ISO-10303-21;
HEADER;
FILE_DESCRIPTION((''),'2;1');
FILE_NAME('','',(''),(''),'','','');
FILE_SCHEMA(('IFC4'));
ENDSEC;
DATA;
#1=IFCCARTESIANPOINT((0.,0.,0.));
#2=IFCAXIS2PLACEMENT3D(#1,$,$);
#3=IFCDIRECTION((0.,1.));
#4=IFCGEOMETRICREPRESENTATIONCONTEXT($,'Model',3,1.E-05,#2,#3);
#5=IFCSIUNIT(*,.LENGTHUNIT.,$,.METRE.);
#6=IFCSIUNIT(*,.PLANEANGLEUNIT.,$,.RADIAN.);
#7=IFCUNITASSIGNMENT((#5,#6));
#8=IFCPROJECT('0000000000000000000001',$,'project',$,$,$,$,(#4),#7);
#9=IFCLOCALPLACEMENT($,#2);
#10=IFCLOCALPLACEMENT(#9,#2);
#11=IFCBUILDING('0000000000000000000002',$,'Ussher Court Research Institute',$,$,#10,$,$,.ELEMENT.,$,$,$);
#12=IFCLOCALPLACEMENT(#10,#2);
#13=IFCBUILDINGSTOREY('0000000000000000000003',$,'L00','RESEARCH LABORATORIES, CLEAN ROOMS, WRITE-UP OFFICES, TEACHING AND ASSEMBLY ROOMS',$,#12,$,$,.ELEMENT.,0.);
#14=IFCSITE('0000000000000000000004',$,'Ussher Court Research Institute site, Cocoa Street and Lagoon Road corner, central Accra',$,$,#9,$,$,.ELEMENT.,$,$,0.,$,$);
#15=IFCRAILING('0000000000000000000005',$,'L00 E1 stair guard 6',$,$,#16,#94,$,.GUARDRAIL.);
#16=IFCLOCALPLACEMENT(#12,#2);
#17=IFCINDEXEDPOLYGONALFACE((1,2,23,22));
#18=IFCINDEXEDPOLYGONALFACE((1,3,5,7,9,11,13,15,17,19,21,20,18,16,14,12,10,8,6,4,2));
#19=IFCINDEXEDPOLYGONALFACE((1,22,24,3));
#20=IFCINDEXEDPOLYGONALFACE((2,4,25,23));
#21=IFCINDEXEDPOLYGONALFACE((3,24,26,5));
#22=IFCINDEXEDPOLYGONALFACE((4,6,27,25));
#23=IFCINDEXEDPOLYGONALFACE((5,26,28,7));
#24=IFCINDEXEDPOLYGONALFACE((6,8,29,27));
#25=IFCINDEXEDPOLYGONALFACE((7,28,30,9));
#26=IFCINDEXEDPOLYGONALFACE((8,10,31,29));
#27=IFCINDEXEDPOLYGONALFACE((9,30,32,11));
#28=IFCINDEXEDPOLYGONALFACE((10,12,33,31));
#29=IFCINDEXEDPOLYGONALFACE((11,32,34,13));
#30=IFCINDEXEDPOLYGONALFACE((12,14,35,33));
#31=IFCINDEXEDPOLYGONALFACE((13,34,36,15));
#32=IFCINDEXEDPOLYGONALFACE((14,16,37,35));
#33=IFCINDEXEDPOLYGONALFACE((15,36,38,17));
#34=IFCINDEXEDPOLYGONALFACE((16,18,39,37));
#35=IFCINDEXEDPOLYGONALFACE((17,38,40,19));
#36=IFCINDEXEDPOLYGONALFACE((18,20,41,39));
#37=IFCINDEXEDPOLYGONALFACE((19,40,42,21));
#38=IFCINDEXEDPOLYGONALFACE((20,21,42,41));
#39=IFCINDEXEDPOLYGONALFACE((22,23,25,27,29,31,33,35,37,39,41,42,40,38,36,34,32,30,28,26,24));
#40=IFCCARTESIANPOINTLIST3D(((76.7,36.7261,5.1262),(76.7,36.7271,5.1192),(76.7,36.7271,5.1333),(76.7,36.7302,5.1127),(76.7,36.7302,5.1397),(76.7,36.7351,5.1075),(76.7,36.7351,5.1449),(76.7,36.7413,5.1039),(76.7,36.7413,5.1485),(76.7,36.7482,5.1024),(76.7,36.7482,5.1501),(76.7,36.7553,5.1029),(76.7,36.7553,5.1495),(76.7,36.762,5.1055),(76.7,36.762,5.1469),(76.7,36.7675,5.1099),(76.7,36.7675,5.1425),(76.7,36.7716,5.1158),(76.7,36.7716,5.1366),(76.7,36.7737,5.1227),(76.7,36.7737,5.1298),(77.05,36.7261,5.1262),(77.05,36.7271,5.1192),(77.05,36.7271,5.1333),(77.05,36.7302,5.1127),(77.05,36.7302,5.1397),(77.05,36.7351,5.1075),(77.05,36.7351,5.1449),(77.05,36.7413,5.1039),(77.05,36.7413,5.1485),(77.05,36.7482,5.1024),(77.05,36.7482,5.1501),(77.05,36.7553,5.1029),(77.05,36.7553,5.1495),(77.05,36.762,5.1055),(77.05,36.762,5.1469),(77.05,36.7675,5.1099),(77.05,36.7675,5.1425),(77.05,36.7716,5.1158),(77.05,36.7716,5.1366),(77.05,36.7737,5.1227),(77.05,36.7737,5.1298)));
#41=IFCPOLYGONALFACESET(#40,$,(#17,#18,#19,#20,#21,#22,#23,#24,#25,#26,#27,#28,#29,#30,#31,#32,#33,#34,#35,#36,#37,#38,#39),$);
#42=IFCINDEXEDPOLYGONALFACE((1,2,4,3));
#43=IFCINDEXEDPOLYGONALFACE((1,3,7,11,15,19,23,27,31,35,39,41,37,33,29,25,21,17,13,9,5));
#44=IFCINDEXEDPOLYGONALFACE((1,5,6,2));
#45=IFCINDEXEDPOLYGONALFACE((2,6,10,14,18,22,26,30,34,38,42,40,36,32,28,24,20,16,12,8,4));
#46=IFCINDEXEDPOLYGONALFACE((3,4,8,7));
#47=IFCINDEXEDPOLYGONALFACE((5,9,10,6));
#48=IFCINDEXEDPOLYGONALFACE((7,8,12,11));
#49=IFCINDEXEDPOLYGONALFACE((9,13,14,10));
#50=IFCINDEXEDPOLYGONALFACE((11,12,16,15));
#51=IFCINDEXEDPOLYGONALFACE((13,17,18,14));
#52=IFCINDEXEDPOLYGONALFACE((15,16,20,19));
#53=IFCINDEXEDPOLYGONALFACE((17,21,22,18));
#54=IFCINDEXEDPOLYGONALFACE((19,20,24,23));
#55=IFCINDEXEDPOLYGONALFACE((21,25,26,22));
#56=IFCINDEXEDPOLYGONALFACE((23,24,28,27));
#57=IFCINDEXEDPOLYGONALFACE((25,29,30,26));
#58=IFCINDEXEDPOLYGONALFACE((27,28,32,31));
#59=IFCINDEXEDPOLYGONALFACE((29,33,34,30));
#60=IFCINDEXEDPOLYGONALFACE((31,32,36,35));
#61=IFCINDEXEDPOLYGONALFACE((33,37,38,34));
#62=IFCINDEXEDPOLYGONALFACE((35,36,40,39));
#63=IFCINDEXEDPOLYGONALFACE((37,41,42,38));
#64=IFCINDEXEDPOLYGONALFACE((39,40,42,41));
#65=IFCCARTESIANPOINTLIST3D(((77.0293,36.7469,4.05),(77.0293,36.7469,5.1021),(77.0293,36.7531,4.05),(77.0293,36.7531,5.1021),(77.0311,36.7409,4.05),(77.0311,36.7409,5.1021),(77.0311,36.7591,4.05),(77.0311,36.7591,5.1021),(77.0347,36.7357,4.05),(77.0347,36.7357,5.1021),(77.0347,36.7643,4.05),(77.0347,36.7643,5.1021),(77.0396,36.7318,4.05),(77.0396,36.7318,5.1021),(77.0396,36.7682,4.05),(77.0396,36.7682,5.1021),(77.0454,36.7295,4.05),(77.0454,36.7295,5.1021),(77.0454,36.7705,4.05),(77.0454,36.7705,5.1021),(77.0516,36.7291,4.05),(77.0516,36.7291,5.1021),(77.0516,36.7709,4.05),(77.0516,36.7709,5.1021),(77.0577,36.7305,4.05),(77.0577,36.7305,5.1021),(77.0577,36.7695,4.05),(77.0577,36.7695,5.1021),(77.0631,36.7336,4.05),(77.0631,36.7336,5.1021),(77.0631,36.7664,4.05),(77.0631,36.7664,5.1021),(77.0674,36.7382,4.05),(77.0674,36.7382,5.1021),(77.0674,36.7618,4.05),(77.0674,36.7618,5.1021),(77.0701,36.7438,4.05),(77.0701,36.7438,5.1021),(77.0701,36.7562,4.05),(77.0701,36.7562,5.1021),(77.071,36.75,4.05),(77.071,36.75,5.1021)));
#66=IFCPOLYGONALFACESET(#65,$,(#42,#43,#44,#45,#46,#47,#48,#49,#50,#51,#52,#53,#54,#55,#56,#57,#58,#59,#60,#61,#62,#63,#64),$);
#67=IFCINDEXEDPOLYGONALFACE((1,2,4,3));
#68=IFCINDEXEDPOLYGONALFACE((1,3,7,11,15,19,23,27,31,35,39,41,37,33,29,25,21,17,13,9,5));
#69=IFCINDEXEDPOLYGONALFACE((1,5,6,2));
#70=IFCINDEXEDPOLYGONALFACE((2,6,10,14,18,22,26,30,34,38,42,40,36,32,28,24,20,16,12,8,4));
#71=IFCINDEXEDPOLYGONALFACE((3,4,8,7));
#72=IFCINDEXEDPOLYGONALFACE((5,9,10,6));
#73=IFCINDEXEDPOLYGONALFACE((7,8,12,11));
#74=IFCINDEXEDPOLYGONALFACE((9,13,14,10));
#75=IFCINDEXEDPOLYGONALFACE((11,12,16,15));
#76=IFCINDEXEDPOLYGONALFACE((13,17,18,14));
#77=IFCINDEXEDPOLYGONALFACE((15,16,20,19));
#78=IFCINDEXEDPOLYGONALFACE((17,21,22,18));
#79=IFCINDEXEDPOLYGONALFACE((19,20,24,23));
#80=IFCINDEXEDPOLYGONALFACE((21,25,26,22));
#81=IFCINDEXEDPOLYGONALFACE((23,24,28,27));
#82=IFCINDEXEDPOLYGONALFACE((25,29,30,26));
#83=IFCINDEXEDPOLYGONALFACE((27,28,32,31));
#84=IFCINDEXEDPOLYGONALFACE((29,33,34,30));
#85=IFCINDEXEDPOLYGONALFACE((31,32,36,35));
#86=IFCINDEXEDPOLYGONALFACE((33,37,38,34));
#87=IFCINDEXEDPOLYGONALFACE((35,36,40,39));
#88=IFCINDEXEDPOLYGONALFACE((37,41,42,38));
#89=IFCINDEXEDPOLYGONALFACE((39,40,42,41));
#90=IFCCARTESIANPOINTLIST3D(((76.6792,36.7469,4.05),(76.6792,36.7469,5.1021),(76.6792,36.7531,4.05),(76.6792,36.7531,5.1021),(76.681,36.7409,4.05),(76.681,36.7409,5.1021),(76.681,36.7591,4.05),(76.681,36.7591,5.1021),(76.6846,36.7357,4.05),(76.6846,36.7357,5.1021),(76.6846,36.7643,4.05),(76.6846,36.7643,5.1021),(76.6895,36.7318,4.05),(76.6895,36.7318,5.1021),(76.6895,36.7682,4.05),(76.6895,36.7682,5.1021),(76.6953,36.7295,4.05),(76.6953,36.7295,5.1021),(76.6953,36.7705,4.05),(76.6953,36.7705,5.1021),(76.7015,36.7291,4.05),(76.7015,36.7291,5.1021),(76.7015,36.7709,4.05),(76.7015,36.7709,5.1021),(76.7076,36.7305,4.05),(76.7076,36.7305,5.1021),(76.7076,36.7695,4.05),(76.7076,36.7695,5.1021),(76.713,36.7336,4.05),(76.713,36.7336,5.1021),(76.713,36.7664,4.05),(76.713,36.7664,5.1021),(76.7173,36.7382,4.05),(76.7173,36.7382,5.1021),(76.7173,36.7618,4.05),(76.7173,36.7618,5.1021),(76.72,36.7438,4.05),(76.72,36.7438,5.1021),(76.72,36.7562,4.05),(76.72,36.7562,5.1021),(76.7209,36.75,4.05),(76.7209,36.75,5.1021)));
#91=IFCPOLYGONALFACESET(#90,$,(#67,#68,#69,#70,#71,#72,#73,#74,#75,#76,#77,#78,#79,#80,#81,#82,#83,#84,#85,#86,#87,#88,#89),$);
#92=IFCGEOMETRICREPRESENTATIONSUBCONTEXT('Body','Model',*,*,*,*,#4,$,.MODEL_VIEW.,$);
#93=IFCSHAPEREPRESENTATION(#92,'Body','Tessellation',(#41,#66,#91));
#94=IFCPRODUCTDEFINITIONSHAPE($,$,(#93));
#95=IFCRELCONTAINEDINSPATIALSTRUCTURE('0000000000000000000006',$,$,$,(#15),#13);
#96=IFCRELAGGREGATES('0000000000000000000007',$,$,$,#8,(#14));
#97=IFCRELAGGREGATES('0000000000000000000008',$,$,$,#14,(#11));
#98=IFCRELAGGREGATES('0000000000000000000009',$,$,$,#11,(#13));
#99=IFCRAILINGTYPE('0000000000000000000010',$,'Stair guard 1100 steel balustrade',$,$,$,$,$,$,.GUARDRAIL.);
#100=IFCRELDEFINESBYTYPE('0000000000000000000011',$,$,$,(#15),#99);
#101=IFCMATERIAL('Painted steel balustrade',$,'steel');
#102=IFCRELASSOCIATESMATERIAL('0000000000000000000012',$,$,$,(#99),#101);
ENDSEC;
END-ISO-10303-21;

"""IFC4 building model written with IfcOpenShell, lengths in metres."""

from ifc_helpers import new_model, si_unit, direction, frame, origin, origin_2d, place, context, subcontext, project, spatial, circle, extrude, material, type_object, element, save


model = new_model("IFC4")

# Units and contexts
model_context = context("Model", 3, precision=1e-05, world=origin(), true_north=direction((0.0, 1.0)))
body_context = subcontext(model_context, "Body", "Model", "MODEL_VIEW")
ifc_project = project(units=[si_unit("LENGTHUNIT", "METRE"), si_unit("PLANEANGLEUNIT", "RADIAN")], contexts=[model_context])

# Site, building, storey
site_placement = place(None, origin())
site = spatial("IfcSite", under=ifc_project, at=site_placement, Name="Ussher Court Research Institute site, Cocoa Street and Lagoon Road corner, central Accra", CompositionType="ELEMENT", RefElevation=0.0)
building_placement = place(site_placement, origin())
building = spatial("IfcBuilding", under=site, at=building_placement, Name="Ussher Court Research Institute", CompositionType="ELEMENT")
storey_placement = place(building_placement, origin())
storey = spatial("IfcBuildingStorey", under=building, at=storey_placement, Name="L00", Description="RESEARCH LABORATORIES, CLEAN ROOMS, WRITE-UP OFFICES, TEACHING AND ASSEMBLY ROOMS", CompositionType="ELEMENT", Elevation=0.0)

# Railing
ifc_material_1 = material(Name="Painted steel balustrade", Category="steel")
railing_type_1 = type_object("IfcRailingType", Name="Stair guard 1100 steel balustrade", PredefinedType="GUARDRAIL", material=ifc_material_1)
railing_placement = place(storey_placement, frame((77.05, 36.75, 4.05)))
element("IfcRailing", 1, at=railing_placement, inside=storey, type_object=railing_type_1, Name="L00 E1 stair guard 6", PredefinedType="GUARDRAIL", context=body_context, shape_type="SweptSolid", body=[
    extrude(circle(Radius=0.0239, at=origin_2d()), frame((0.0, 0.0, 1.0762), z_axis=(-1.0, 0.0, 0.0), x_axis=(0.0, -1.0, 0.0)), (0.0, 0.0, 1.0), 0.3501),
    extrude(circle(Radius=0.021, at=origin_2d()), origin(), (0.0, 0.0, 1.0), 1.052),
    extrude(circle(Radius=0.021, at=origin_2d()), frame((-0.3501, 0.0, 0.0)), (0.0, 0.0, 1.0), 1.052),
])

save(model, "model.ifc")
